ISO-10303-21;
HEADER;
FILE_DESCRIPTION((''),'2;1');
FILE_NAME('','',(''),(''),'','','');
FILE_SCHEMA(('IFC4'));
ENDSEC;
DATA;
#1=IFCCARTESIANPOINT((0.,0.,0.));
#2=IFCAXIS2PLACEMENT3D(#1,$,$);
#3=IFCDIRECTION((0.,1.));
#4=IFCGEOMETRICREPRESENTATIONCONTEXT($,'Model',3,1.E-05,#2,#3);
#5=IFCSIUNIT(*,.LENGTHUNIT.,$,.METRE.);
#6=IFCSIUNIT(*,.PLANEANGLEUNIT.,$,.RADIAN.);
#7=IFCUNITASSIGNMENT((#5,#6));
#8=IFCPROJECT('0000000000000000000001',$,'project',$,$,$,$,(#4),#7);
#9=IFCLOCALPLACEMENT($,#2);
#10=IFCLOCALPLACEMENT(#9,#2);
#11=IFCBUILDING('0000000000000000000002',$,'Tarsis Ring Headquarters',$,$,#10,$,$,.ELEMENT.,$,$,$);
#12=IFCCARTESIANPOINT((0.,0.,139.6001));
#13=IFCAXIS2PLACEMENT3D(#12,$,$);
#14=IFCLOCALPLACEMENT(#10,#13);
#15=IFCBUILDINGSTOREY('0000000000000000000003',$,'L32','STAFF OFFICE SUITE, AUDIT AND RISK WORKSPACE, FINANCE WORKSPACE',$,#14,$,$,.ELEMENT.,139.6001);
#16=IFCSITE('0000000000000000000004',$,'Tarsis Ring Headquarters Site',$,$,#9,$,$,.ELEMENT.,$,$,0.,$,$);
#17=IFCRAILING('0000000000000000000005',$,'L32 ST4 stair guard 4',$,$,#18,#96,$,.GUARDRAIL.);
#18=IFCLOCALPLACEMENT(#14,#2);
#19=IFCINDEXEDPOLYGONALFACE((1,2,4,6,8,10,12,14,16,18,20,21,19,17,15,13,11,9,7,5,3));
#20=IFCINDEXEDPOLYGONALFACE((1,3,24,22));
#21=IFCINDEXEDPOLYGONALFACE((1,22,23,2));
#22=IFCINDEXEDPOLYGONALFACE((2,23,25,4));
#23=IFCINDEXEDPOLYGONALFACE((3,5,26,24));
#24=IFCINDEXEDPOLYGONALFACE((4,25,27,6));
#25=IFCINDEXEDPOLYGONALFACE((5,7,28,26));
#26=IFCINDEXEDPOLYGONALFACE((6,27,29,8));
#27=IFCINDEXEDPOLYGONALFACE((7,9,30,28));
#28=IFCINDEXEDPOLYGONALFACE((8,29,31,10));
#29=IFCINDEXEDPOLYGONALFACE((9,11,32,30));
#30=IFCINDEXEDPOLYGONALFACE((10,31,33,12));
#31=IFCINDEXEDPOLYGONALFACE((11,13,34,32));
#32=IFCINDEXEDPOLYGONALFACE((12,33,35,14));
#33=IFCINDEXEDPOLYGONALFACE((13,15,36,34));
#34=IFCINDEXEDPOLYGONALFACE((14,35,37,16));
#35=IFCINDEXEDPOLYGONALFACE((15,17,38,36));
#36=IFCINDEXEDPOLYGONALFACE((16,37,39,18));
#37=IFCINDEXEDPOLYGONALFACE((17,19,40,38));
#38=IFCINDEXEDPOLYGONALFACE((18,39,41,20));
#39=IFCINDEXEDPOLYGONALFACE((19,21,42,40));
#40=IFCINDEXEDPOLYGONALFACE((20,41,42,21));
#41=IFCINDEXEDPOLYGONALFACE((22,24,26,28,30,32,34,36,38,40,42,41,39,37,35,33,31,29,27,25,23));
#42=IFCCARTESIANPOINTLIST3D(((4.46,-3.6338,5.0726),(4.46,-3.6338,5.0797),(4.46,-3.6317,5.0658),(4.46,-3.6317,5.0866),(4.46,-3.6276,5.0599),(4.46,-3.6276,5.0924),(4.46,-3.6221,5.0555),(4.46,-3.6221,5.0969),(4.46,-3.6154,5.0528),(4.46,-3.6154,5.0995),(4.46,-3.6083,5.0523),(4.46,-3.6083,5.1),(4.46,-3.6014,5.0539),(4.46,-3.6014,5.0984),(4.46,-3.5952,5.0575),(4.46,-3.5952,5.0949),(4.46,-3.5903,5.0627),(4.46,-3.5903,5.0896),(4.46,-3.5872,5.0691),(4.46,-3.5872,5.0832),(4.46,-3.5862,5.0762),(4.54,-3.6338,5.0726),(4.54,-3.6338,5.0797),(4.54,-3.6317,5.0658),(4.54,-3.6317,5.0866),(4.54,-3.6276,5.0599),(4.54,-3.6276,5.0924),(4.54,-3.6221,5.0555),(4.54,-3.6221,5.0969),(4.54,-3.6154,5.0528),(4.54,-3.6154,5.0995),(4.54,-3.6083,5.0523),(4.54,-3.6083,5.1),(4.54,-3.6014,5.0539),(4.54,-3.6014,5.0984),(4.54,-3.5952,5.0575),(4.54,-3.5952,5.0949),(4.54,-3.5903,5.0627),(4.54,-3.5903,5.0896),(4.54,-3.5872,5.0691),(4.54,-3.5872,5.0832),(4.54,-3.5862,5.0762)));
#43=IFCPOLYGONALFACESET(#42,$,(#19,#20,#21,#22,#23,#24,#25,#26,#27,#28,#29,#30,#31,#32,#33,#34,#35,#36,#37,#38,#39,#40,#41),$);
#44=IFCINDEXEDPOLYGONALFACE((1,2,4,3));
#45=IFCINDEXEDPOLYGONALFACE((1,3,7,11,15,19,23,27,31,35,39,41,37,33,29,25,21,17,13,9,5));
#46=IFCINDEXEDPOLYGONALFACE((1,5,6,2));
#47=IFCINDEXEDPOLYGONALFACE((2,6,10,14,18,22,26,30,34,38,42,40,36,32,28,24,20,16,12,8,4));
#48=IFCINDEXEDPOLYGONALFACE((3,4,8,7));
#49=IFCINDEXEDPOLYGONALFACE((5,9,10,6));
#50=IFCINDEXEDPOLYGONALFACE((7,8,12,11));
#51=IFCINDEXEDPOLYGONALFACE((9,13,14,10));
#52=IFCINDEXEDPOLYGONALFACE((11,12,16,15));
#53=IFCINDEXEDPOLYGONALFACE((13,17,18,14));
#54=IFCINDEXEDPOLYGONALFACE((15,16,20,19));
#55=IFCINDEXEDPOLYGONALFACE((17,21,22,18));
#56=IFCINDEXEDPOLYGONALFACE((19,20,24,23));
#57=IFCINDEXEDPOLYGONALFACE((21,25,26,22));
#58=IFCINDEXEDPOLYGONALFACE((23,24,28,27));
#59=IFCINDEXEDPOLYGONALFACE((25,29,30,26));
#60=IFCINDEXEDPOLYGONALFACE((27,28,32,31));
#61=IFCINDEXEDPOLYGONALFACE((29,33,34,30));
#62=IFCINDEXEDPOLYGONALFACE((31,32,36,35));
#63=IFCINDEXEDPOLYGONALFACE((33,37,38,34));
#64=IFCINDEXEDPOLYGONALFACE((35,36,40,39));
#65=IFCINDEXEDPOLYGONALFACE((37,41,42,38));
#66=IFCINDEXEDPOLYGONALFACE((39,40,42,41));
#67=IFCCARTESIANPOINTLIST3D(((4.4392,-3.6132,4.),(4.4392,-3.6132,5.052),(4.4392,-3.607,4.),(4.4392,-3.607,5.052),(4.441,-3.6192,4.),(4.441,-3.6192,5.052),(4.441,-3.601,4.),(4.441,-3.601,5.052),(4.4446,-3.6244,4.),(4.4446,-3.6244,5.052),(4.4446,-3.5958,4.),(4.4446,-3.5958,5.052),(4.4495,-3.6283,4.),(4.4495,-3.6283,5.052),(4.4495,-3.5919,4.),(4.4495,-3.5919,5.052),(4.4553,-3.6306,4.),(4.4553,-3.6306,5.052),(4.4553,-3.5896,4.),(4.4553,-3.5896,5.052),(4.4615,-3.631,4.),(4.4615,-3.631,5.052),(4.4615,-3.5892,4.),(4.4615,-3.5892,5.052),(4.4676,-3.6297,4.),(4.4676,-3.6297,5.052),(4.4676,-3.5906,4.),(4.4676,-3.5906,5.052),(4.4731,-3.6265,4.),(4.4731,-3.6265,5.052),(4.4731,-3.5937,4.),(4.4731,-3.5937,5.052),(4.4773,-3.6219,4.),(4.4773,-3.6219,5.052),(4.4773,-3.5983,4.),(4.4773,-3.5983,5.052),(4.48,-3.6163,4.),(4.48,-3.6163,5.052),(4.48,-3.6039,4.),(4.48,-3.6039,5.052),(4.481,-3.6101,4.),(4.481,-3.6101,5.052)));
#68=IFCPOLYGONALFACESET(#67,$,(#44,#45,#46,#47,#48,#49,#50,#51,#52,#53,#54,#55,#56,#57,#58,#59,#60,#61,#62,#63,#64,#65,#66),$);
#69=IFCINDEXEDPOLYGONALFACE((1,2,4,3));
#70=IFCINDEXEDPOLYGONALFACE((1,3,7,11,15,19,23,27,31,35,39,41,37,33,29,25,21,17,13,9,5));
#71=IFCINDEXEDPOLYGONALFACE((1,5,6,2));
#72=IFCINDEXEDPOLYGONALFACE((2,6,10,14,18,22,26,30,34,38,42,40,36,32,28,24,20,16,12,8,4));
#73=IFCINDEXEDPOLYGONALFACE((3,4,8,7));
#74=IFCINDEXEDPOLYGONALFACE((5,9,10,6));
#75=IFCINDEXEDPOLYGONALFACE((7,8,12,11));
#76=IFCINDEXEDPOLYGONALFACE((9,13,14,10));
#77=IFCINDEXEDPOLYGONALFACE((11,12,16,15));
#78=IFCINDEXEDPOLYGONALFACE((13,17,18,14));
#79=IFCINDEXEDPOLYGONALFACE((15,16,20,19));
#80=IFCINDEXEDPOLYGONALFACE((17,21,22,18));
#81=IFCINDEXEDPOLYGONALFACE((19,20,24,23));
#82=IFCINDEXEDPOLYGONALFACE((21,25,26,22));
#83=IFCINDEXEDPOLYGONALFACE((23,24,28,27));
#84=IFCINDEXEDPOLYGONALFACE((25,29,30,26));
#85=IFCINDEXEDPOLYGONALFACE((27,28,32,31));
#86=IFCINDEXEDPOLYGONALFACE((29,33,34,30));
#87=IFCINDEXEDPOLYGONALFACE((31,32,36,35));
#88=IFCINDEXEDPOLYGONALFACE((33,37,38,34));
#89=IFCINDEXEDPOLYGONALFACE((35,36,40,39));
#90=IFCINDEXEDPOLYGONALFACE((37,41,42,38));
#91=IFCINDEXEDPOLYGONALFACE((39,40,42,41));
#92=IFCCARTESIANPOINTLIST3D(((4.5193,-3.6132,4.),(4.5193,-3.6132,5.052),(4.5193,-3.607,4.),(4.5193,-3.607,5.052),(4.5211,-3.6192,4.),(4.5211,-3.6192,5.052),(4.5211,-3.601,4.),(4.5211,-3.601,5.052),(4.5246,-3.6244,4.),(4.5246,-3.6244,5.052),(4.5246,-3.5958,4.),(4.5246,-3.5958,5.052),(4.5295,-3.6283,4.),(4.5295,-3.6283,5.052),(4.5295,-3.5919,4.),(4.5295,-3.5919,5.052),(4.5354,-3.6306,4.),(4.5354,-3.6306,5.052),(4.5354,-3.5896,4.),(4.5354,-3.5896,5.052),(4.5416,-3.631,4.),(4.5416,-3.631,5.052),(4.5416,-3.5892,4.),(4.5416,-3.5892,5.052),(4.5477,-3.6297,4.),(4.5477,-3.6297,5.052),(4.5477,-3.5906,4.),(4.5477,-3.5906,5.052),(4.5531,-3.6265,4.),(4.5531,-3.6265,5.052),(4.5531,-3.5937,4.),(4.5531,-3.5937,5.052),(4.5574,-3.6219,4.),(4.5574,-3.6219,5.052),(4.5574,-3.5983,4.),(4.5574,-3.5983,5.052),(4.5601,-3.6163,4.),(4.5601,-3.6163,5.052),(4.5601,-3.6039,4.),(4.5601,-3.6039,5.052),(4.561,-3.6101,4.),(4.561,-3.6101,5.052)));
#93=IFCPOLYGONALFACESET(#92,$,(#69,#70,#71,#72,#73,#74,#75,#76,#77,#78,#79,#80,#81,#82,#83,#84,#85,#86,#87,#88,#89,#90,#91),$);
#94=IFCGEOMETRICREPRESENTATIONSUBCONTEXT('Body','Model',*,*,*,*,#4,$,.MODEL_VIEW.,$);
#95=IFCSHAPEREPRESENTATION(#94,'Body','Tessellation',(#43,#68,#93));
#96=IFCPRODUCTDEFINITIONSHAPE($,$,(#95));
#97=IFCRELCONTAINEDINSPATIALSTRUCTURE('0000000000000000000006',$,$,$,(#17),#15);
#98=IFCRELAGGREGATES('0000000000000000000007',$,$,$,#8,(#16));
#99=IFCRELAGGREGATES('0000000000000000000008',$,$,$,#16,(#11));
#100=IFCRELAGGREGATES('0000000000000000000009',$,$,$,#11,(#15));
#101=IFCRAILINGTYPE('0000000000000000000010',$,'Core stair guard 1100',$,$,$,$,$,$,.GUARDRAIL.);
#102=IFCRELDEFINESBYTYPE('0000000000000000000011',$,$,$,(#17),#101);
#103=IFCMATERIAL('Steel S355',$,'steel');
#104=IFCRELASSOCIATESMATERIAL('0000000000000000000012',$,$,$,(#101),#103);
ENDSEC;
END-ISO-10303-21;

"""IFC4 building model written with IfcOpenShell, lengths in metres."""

from ifc_helpers import new_model, si_unit, direction, frame, origin, origin_2d, place, context, subcontext, project, spatial, circle, extrude, material, type_object, element, save


model = new_model("IFC4")

# Units and contexts
model_context = context("Model", 3, precision=1e-05, world=origin(), true_north=direction((0.0, 1.0)))
body_context = subcontext(model_context, "Body", "Model", "MODEL_VIEW")
ifc_project = project(units=[si_unit("LENGTHUNIT", "METRE"), si_unit("PLANEANGLEUNIT", "RADIAN")], contexts=[model_context])

# Site, building, storey
site_placement = place(None, origin())
site = spatial("IfcSite", under=ifc_project, at=site_placement, Name="Tarsis Ring Headquarters Site", CompositionType="ELEMENT", RefElevation=0.0)
building_placement = place(site_placement, origin())
building = spatial("IfcBuilding", under=site, at=building_placement, Name="Tarsis Ring Headquarters", CompositionType="ELEMENT")
storey_placement = place(building_placement, frame((0.0, 0.0, 139.6001)))
storey = spatial("IfcBuildingStorey", under=building, at=storey_placement, Name="L32", Description="STAFF OFFICE SUITE, AUDIT AND RISK WORKSPACE, FINANCE WORKSPACE", CompositionType="ELEMENT", Elevation=139.6001)

# Railing
ifc_material_1 = material(Name="Steel S355", Category="steel")
railing_type = type_object("IfcRailingType", Name="Core stair guard 1100", PredefinedType="GUARDRAIL", material=ifc_material_1)
railing_1_placement = place(storey_placement, frame((4.46, -3.6101, 4.0)))
element("IfcRailing", 1, at=railing_1_placement, inside=storey, type_object=railing_type, Name="L32 ST4 stair guard 4", PredefinedType="GUARDRAIL", context=body_context, shape_type="SweptSolid", body=[
    extrude(circle(Radius=0.0239, at=origin_2d()), frame((0.0, 0.0, 1.0762), z_axis=(1.0, 0.0, 0.0), x_axis=(0.0, 1.0, 0.0)), (0.0, 0.0, 1.0), 0.0801),
    extrude(circle(Radius=0.021, at=origin_2d()), origin(), (0.0, 0.0, 1.0), 1.052),
    extrude(circle(Radius=0.021, at=origin_2d()), frame((0.0801, 0.0, 0.0)), (0.0, 0.0, 1.0), 1.052),
])

save(model, "model.ifc")
